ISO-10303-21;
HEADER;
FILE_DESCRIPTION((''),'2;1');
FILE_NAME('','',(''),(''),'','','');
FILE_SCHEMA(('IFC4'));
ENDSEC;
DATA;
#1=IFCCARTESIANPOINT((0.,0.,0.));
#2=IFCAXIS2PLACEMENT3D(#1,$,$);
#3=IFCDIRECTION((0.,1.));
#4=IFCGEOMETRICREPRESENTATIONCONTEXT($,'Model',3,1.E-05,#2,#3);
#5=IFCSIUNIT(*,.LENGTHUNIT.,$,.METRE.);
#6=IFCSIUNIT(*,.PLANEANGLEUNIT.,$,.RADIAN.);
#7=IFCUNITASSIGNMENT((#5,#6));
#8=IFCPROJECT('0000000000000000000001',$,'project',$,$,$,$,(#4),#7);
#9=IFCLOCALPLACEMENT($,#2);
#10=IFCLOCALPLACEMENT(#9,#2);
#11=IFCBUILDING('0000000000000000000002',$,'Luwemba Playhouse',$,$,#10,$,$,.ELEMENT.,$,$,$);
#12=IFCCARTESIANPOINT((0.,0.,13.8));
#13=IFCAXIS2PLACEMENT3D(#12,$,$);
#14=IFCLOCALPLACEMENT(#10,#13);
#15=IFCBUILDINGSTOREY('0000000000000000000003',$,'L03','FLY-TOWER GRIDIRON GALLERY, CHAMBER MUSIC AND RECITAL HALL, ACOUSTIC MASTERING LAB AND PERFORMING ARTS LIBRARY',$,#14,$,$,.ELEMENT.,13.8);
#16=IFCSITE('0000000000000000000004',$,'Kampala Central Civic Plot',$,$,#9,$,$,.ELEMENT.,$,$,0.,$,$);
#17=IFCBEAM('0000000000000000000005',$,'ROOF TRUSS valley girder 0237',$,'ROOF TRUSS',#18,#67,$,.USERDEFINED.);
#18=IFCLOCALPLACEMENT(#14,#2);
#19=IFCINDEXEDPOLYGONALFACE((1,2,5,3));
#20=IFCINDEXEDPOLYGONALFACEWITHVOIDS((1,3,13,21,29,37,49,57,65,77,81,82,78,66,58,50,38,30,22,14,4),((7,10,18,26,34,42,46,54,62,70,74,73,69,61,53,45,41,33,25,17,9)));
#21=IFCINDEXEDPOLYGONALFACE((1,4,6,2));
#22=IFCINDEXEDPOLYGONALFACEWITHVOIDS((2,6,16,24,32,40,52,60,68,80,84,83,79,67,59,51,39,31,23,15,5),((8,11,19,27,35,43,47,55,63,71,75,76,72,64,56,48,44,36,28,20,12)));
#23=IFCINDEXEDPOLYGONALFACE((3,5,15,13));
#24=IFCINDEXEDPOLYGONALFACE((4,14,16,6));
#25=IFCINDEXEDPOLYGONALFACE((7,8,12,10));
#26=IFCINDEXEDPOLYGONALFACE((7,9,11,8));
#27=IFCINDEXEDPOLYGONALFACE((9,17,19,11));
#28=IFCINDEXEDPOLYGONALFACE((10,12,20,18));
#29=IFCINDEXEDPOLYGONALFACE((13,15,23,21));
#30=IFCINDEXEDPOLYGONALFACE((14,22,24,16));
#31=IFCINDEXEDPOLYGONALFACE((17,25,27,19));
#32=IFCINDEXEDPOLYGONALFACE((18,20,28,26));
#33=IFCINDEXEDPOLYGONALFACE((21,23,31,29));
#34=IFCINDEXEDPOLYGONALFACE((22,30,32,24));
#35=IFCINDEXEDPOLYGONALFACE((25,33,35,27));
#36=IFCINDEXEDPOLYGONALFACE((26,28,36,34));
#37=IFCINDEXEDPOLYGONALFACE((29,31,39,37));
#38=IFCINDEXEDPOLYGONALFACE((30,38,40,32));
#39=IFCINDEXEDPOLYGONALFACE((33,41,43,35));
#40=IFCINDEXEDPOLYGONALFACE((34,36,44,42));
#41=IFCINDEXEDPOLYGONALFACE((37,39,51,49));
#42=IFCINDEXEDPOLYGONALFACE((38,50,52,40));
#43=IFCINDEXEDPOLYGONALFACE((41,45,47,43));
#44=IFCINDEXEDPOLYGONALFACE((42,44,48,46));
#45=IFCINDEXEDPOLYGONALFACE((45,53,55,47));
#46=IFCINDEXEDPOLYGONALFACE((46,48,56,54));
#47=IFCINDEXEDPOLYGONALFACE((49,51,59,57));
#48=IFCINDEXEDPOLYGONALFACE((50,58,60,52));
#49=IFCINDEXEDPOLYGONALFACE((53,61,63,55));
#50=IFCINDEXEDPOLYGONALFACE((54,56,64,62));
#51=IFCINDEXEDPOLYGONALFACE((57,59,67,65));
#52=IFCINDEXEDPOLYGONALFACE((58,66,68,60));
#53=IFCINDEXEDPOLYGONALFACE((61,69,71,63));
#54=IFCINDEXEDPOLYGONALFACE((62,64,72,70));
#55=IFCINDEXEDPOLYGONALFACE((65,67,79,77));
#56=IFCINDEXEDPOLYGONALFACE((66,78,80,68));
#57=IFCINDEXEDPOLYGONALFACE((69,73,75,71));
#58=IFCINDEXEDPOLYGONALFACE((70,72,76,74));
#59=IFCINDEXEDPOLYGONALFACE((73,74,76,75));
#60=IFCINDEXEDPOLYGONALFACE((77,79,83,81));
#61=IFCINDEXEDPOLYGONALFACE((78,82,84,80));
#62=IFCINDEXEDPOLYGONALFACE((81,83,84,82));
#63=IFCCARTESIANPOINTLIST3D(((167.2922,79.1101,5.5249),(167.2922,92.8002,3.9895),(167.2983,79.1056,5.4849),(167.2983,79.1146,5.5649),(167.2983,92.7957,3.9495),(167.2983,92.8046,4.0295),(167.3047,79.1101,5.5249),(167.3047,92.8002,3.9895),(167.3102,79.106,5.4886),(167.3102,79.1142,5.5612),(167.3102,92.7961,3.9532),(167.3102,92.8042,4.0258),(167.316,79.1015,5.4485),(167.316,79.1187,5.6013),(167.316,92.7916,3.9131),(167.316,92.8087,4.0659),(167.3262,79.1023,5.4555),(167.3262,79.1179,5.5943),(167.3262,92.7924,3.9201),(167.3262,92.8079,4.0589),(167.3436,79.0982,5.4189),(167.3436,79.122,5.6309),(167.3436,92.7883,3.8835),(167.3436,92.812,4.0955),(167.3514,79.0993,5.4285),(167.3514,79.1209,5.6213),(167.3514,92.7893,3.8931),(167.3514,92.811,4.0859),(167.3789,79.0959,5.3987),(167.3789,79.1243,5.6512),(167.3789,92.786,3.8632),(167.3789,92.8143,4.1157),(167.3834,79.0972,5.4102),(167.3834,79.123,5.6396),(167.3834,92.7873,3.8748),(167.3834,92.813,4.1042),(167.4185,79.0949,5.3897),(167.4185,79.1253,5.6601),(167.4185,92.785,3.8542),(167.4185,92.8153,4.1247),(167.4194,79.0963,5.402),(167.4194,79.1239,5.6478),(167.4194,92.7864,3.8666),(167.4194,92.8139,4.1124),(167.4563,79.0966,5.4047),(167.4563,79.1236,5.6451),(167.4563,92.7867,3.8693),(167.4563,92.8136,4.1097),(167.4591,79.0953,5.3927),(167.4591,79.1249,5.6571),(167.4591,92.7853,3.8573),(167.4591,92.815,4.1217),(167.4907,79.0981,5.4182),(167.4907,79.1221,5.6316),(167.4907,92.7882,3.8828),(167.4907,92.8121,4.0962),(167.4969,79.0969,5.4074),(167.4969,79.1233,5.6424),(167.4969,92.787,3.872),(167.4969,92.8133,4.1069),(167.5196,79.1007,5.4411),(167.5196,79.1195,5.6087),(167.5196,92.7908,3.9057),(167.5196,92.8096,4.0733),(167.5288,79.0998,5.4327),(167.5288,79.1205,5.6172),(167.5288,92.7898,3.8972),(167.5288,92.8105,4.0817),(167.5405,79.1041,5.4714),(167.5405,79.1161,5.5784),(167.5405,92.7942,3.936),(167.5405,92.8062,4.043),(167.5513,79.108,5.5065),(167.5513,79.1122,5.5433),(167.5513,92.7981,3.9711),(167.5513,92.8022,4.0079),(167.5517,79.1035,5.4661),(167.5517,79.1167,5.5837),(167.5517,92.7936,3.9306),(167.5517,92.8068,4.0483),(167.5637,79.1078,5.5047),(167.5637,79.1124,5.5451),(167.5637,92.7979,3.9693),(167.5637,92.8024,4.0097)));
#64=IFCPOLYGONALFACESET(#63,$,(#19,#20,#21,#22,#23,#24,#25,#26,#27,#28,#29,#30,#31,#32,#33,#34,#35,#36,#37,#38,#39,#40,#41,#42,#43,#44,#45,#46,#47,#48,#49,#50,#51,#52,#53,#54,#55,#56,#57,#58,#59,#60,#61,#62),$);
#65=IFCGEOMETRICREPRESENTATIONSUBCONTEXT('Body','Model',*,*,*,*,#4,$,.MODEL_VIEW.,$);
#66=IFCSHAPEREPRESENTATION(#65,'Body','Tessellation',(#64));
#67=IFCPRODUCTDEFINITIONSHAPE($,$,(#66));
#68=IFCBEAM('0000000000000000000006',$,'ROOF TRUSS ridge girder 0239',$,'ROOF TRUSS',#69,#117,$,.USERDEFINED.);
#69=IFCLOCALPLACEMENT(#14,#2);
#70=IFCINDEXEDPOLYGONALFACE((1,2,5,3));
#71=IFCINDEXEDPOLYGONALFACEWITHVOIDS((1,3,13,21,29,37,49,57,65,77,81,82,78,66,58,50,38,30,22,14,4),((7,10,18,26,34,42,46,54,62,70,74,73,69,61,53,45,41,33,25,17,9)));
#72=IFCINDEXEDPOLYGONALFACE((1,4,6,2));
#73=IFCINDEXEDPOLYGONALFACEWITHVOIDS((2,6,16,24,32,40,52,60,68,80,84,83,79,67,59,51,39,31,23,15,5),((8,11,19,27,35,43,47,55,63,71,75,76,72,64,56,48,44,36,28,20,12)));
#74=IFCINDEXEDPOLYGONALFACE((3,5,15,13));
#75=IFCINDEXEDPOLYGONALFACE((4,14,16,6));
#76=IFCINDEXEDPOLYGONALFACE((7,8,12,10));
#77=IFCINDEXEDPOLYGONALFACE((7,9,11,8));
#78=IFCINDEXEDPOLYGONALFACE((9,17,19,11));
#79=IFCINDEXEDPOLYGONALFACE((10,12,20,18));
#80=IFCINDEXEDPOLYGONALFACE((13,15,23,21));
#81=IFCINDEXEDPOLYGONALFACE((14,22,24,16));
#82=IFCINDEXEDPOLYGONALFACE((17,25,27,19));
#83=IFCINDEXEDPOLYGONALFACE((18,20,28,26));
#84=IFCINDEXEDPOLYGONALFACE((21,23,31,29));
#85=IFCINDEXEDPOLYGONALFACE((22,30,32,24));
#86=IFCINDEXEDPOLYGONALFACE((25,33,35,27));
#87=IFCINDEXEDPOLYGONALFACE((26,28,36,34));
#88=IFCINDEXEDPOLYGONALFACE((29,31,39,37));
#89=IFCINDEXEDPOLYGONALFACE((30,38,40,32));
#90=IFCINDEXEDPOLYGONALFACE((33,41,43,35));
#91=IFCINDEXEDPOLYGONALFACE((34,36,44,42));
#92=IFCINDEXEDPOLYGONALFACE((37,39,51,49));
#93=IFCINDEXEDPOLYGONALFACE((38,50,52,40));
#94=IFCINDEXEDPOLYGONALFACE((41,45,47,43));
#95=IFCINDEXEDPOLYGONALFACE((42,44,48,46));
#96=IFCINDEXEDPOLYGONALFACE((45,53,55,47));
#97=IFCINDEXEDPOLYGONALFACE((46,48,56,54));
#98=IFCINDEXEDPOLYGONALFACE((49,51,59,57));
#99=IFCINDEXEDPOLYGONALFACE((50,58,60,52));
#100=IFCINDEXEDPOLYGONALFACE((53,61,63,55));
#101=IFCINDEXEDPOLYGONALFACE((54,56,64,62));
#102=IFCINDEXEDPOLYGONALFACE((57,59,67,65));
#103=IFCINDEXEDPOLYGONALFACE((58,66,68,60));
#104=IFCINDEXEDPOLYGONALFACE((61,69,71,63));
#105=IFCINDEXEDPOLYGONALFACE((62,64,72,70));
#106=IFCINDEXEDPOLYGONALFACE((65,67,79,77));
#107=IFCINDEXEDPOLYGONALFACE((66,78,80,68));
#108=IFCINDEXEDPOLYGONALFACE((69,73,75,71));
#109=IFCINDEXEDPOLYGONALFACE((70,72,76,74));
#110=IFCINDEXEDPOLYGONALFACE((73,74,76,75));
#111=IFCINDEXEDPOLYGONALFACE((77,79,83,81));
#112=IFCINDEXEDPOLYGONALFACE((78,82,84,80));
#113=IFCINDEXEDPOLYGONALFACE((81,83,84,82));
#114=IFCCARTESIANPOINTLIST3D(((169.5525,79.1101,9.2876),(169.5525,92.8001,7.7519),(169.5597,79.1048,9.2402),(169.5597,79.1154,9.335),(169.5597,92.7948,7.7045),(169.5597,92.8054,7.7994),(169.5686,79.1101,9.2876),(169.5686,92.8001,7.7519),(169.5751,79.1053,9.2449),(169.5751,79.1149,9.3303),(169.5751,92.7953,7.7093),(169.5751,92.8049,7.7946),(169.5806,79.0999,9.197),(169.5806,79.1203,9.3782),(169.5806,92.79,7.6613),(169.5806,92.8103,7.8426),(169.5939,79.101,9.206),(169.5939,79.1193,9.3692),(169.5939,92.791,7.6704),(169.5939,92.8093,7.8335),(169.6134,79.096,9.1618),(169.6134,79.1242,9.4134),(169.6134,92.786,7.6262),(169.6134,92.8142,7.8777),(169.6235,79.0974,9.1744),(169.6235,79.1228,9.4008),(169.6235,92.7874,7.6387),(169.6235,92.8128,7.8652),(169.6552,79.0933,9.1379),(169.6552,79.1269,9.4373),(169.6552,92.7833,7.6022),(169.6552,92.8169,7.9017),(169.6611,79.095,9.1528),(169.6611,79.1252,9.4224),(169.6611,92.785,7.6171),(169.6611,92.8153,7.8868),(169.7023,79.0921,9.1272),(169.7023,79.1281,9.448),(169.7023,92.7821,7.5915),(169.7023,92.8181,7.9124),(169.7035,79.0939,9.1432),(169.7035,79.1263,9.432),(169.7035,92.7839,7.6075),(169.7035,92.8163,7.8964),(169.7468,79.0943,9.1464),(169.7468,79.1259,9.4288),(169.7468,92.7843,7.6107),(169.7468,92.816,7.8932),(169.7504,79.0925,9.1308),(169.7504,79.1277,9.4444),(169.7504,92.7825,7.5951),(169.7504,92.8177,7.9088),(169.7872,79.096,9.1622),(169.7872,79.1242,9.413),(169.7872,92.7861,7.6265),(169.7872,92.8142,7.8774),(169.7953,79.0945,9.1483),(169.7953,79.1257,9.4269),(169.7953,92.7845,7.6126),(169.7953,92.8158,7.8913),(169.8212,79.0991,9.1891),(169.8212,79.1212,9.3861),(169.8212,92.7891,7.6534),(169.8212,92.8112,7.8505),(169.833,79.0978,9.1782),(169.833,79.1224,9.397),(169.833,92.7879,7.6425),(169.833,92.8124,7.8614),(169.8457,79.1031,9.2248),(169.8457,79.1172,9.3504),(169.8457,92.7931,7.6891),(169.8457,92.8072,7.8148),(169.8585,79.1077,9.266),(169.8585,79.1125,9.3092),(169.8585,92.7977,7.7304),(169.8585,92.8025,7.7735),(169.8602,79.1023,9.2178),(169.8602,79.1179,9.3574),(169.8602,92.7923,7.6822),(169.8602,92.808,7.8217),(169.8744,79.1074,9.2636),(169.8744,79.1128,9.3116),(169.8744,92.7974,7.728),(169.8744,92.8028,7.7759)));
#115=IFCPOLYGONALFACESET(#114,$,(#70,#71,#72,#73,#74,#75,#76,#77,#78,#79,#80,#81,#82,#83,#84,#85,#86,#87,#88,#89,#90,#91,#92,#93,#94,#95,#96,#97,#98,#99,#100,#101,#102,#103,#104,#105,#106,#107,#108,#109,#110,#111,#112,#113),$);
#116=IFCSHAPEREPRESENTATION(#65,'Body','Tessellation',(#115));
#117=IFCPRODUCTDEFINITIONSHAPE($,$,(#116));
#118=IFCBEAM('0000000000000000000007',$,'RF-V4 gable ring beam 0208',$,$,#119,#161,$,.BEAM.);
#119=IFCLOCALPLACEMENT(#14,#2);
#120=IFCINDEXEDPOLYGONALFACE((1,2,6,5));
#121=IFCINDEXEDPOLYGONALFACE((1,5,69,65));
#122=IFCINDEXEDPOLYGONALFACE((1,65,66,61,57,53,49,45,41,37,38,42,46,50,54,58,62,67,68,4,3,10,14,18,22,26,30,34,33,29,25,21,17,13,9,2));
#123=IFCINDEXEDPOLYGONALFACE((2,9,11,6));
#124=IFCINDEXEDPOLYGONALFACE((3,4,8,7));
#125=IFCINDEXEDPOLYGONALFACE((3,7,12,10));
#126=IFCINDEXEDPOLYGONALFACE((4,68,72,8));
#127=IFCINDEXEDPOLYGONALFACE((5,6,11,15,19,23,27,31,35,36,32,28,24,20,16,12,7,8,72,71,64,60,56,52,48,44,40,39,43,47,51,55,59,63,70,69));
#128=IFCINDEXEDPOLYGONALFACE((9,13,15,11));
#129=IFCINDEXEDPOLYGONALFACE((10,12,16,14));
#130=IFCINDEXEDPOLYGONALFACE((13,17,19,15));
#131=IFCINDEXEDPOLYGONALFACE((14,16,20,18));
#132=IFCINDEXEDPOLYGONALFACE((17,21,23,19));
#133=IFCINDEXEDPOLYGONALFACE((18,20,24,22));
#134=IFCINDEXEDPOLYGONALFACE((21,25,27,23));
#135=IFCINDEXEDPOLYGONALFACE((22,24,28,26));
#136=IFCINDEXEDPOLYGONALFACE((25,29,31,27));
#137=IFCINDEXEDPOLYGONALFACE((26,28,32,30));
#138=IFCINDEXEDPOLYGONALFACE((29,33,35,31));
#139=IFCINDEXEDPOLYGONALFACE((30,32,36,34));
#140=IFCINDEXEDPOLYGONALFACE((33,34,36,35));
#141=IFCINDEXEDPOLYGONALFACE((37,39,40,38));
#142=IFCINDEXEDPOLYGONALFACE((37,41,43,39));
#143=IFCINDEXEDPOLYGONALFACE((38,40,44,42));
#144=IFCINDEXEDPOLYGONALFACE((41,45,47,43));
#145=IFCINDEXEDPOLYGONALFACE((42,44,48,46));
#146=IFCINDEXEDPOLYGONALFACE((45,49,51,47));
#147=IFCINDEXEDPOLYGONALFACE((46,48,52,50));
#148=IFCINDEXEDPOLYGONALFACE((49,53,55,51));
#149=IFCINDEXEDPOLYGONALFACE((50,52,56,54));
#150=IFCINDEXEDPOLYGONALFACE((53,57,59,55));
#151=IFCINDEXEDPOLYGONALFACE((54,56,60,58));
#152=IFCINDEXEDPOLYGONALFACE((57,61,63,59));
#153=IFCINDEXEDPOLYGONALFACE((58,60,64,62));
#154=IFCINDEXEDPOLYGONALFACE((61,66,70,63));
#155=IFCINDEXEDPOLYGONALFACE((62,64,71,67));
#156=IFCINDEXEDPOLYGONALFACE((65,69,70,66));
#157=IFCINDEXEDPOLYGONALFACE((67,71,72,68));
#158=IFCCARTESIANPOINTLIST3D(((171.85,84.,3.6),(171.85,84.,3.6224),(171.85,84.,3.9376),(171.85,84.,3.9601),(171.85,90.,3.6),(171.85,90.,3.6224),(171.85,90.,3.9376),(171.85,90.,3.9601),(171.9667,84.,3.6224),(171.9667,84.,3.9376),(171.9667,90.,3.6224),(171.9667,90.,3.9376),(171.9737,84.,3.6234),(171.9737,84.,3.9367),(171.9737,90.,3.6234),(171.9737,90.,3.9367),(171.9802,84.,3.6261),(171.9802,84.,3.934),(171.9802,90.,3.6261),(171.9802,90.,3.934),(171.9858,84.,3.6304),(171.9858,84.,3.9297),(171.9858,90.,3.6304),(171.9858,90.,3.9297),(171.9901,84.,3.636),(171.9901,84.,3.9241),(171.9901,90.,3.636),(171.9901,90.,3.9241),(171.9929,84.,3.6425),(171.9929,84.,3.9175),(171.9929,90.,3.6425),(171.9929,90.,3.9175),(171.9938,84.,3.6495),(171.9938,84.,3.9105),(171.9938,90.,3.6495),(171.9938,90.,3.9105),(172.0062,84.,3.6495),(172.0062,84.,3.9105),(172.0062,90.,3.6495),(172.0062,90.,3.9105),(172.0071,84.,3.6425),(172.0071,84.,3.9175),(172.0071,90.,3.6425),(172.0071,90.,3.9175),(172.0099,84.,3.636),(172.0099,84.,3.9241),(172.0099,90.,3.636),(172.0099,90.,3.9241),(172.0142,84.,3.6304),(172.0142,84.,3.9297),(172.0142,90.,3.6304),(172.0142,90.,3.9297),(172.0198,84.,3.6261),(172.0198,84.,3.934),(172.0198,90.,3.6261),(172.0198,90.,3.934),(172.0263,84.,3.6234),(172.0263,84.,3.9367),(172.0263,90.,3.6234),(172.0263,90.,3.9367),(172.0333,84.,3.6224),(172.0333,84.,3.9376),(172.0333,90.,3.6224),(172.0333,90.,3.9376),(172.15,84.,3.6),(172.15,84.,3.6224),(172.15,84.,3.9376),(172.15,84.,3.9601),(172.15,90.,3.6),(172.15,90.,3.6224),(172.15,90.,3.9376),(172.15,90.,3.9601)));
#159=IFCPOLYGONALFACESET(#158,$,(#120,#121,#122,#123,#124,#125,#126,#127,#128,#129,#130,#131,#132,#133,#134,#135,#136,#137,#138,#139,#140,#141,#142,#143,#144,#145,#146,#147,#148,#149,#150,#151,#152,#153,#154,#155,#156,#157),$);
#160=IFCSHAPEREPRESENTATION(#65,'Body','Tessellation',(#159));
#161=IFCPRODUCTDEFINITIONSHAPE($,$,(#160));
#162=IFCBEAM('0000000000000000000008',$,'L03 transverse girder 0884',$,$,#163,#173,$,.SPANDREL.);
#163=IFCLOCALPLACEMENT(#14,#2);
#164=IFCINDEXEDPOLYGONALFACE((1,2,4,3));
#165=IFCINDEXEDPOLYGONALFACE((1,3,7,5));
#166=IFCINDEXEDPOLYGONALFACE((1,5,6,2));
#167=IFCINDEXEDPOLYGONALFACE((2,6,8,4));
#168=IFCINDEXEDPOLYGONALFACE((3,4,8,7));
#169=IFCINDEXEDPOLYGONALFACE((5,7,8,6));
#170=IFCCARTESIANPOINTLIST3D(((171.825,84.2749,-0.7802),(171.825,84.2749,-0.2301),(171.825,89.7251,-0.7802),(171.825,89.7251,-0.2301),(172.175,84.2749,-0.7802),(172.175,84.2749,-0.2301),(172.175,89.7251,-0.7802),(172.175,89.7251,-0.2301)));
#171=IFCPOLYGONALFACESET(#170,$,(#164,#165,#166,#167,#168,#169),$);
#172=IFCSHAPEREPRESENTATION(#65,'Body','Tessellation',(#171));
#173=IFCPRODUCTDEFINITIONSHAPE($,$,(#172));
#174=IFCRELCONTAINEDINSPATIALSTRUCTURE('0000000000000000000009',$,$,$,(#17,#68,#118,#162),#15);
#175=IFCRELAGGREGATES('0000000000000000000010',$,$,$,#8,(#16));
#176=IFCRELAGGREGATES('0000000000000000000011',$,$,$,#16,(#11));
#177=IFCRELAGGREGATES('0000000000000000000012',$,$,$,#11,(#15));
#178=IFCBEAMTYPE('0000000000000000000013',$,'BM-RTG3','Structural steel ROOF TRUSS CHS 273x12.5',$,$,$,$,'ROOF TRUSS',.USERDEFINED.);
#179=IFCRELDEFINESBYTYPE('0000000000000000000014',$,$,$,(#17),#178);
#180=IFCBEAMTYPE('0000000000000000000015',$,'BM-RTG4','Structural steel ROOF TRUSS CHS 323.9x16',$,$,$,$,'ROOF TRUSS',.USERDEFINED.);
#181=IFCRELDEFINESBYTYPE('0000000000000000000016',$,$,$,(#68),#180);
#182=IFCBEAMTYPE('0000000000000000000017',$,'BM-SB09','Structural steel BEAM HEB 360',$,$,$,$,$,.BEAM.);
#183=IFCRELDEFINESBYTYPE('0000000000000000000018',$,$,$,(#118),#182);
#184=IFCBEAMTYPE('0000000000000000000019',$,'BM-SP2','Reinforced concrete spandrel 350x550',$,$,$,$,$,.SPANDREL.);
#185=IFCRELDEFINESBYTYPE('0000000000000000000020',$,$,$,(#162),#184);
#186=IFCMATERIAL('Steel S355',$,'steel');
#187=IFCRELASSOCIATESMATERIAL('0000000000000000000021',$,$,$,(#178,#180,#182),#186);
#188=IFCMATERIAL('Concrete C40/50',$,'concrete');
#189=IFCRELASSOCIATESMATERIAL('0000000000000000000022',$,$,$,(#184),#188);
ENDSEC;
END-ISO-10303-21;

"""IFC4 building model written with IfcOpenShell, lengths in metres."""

from ifc_helpers import new_model, si_unit, direction, frame, origin, origin_2d, place, context, subcontext, project, spatial, rectangle, hollow_circle, i_section, extrude, material, material_profile, profile_set, type_object, element, save


model = new_model("IFC4")

# Units and contexts
model_context = context("Model", 3, precision=1e-05, world=origin(), true_north=direction((0.0, 1.0)))
body_context = subcontext(model_context, "Body", "Model", "MODEL_VIEW")
ifc_project = project(units=[si_unit("LENGTHUNIT", "METRE"), si_unit("PLANEANGLEUNIT", "RADIAN")], contexts=[model_context])

# Site, building, storey
site_placement = place(None, origin())
site = spatial("IfcSite", under=ifc_project, at=site_placement, Name="Kampala Central Civic Plot", CompositionType="ELEMENT", RefElevation=0.0)
building_placement = place(site_placement, origin())
building = spatial("IfcBuilding", under=site, at=building_placement, Name="Luwemba Playhouse", CompositionType="ELEMENT")
storey_placement = place(building_placement, frame((0.0, 0.0, 13.8)))
storey = spatial("IfcBuildingStorey", under=building, at=storey_placement, Name="L03", Description="FLY-TOWER GRIDIRON GALLERY, CHAMBER MUSIC AND RECITAL HALL, ACOUSTIC MASTERING LAB AND PERFORMING ARTS LIBRARY", CompositionType="ELEMENT", Elevation=13.8)

# Shared definitions
ifc_material_1 = material(Name="Concrete C40/50", Category="concrete")
ifc_material_2 = material(Name="Steel S355", Category="steel")

# Beams
ifc_material_profile_1 = material_profile(ifc_material_2, hollow_circle(Radius=0.1365, WallThickness=0.0125, at=origin_2d()))
ifc_profile_set_1 = profile_set([ifc_material_profile_1], Name="Steel S355")
beam_type_1 = type_object("IfcBeamType", Name="BM-RTG3", Description="Structural steel ROOF TRUSS CHS 273x12.5", ElementType="ROOF TRUSS", PredefinedType="USERDEFINED", material=ifc_profile_set_1)
beam_1_placement = place(storey_placement, frame((167.4287, 79.1101, 5.5249), z_axis=(0.0, 0.993769, -0.111457), x_axis=(-1.0, 0.0, 0.0)))
element("IfcBeam", 1, at=beam_1_placement, inside=storey, type_object=beam_type_1, Name="ROOF TRUSS valley girder 0237", ObjectType="ROOF TRUSS", PredefinedType="USERDEFINED", context=body_context, shape_type="SweptSolid", body=[
    extrude(hollow_circle(Radius=0.1365, WallThickness=0.0125, at=origin_2d()), origin(), (0.0, 0.0, 1.0), 13.7759),
])
ifc_material_profile_2 = material_profile(ifc_material_2, hollow_circle(Radius=0.1619, WallThickness=0.0161, at=origin_2d()))
ifc_profile_set_2 = profile_set([ifc_material_profile_2], Name="Steel S355")
beam_type_2 = type_object("IfcBeamType", Name="BM-RTG4", Description="Structural steel ROOF TRUSS CHS 323.9x16", ElementType="ROOF TRUSS", PredefinedType="USERDEFINED", material=ifc_profile_set_2)
beam_2_placement = place(storey_placement, frame((169.7144, 79.1101, 9.2876), z_axis=(0.0, 0.993767, -0.111474), x_axis=(-1.0, 0.0, 0.0)))
element("IfcBeam", 2, at=beam_2_placement, inside=storey, type_object=beam_type_2, Name="ROOF TRUSS ridge girder 0239", ObjectType="ROOF TRUSS", PredefinedType="USERDEFINED", context=body_context, shape_type="SweptSolid", body=[
    extrude(hollow_circle(Radius=0.1619, WallThickness=0.0161, at=origin_2d()), origin(), (0.0, 0.0, 1.0), 13.7759),
])
ifc_material_profile_3 = material_profile(ifc_material_2, i_section(OverallWidth=0.3, OverallDepth=0.3601, WebThickness=0.0125, FlangeThickness=0.0225, FilletRadius=0.0271, at=origin_2d()))
ifc_profile_set_3 = profile_set([ifc_material_profile_3], Name="Steel S355")
beam_type_3 = type_object("IfcBeamType", Name="BM-SB09", Description="Structural steel BEAM HEB 360", PredefinedType="BEAM", material=ifc_profile_set_3)
beam_3_placement = place(storey_placement, frame((172.0, 84.0, 3.78), z_axis=(0.0, 1.0, 0.0), x_axis=(-1.0, 0.0, 0.0)))
element("IfcBeam", 3, at=beam_3_placement, inside=storey, type_object=beam_type_3, Name="RF-V4 gable ring beam 0208", PredefinedType="BEAM", context=body_context, shape_type="SweptSolid", body=[
    extrude(i_section(OverallWidth=0.3, OverallDepth=0.3601, WebThickness=0.0125, FlangeThickness=0.0225, FilletRadius=0.0271, at=origin_2d()), origin(), (0.0, 0.0, 1.0), 6.0),
])
ifc_material_profile_4 = material_profile(ifc_material_1, rectangle(XDim=0.3501, YDim=0.55, at=origin_2d()))
ifc_profile_set_4 = profile_set([ifc_material_profile_4], Name="Concrete C40/50")
beam_type_4 = type_object("IfcBeamType", Name="BM-SP2", Description="Reinforced concrete spandrel 350x550", PredefinedType="SPANDREL", material=ifc_profile_set_4)
beam_4_placement = place(storey_placement, frame((172.0, 84.2749, -0.5051), z_axis=(0.0, 1.0, 0.0), x_axis=(-1.0, 0.0, 0.0)))
element("IfcBeam", 4, at=beam_4_placement, inside=storey, type_object=beam_type_4, Name="L03 transverse girder 0884", PredefinedType="SPANDREL", context=body_context, shape_type="SweptSolid", body=[
    extrude(rectangle(XDim=0.3501, YDim=0.55, at=origin_2d()), origin(), (0.0, 0.0, 1.0), 5.4502),
])

save(model, "model.ifc")
